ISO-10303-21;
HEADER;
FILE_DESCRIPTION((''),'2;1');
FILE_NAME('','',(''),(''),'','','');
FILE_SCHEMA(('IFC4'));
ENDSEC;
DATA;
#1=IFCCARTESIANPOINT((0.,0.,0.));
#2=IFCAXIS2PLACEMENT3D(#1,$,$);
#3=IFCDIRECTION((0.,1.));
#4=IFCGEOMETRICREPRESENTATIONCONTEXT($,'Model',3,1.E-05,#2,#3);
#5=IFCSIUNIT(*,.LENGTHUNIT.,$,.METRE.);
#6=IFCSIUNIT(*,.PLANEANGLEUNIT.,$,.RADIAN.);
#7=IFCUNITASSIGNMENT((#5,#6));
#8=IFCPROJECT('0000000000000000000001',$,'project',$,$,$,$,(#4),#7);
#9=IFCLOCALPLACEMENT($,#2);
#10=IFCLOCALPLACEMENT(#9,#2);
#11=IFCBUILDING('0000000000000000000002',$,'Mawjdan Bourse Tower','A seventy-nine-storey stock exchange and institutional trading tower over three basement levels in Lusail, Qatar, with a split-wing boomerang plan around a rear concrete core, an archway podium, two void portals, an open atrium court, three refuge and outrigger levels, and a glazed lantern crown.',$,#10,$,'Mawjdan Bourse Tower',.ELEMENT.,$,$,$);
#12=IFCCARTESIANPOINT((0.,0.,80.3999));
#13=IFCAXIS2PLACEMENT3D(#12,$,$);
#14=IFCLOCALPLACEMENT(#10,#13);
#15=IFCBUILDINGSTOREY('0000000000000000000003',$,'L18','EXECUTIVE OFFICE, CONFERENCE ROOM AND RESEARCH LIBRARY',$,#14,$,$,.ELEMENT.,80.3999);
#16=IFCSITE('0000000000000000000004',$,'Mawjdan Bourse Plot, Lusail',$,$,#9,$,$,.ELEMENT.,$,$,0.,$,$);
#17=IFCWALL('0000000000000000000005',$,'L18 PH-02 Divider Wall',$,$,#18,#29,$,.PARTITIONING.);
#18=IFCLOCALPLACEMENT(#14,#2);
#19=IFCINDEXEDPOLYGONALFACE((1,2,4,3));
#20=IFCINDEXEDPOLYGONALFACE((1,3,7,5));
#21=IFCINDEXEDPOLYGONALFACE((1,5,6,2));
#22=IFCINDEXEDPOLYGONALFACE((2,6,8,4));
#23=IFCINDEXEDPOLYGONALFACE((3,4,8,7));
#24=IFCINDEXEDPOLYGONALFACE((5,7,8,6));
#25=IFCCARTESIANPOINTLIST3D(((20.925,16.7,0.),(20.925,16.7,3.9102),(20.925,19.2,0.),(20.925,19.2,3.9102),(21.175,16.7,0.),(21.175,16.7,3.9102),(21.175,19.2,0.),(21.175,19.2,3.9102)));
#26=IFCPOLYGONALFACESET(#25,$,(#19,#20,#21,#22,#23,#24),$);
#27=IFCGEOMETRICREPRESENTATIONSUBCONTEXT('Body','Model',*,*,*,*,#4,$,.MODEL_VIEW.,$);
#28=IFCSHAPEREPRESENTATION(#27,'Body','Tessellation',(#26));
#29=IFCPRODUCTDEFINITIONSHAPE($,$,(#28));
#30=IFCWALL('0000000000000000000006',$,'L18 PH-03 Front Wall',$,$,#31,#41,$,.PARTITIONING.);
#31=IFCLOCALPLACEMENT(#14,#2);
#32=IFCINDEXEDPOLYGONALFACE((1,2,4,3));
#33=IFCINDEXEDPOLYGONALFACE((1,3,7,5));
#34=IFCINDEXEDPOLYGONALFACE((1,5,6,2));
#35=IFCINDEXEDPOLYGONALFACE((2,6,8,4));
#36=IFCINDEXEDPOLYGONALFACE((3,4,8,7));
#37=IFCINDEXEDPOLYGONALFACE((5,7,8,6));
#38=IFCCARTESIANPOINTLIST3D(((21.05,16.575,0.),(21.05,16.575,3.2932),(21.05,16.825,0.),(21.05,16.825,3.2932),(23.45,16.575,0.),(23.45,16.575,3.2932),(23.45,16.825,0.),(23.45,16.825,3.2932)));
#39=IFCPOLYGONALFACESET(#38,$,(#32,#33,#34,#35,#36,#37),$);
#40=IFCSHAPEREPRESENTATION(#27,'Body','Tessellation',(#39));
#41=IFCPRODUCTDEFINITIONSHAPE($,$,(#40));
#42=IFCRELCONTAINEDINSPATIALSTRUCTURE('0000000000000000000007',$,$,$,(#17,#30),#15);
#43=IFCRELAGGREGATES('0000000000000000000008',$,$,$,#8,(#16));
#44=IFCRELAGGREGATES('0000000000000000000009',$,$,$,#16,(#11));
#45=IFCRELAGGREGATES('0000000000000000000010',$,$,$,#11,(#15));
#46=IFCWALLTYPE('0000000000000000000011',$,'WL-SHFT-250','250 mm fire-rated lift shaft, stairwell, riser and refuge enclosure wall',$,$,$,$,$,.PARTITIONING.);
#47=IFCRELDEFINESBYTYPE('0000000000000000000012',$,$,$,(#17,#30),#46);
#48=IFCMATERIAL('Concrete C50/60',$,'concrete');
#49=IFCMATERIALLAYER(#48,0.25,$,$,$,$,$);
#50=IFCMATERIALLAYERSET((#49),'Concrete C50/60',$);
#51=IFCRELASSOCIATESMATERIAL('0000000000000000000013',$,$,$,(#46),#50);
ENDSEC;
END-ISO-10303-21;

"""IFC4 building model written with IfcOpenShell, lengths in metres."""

from ifc_helpers import new_model, si_unit, direction, frame, frame_2d, origin, place, context, subcontext, project, spatial, rectangle, extrude, material, layer, layer_set, type_object, element, save


model = new_model("IFC4")

# Units and contexts
model_context = context("Model", 3, precision=1e-05, world=origin(), true_north=direction((0.0, 1.0)))
body_context = subcontext(model_context, "Body", "Model", "MODEL_VIEW")
ifc_project = project(units=[si_unit("LENGTHUNIT", "METRE"), si_unit("PLANEANGLEUNIT", "RADIAN")], contexts=[model_context])

# Site, building, storey
site_placement = place(None, origin())
site = spatial("IfcSite", under=ifc_project, at=site_placement, Name="Mawjdan Bourse Plot, Lusail", CompositionType="ELEMENT", RefElevation=0.0)
building_placement = place(site_placement, origin())
building = spatial("IfcBuilding", under=site, at=building_placement, Name="Mawjdan Bourse Tower", Description="A seventy-nine-storey stock exchange and institutional trading tower over three basement levels in Lusail, Qatar, with a split-wing boomerang plan around a rear concrete core, an archway podium, two void portals, an open atrium court, three refuge and outrigger levels, and a glazed lantern crown.", LongName="Mawjdan Bourse Tower", CompositionType="ELEMENT")
storey_placement = place(building_placement, frame((0.0, 0.0, 80.3999)))
storey = spatial("IfcBuildingStorey", under=building, at=storey_placement, Name="L18", Description="EXECUTIVE OFFICE, CONFERENCE ROOM AND RESEARCH LIBRARY", CompositionType="ELEMENT", Elevation=80.3999)

# Walls
ifc_material_1 = material(Name="Concrete C50/60", Category="concrete")
ifc_layer_1 = layer(ifc_material_1, 0.25)
ifc_layer_set_1 = layer_set([ifc_layer_1], Name="Concrete C50/60")
wall_type_1 = type_object("IfcWallType", Name="WL-SHFT-250", Description="250 mm fire-rated lift shaft, stairwell, riser and refuge enclosure wall", PredefinedType="PARTITIONING", material=ifc_layer_set_1)
wall_1_placement = place(storey_placement, frame((21.05, 16.7, 0.0), z_axis=(0.0, 0.0, 1.0), x_axis=(0.0, 1.0, 0.0)))
element("IfcWall", 1, at=wall_1_placement, inside=storey, type_object=wall_type_1, Name="L18 PH-02 Divider Wall", PredefinedType="PARTITIONING", context=body_context, shape_type="SweptSolid", body=[
    extrude(rectangle(XDim=2.5, YDim=0.25, at=frame_2d((1.25, 0.0))), origin(), (0.0, 0.0, 1.0), 3.9102),
])
wall_2_placement = place(storey_placement, frame((21.05, 16.7, 0.0), z_axis=(0.0, 0.0, 1.0), x_axis=(1.0, 0.0, 0.0)))
element("IfcWall", 2, at=wall_2_placement, inside=storey, type_object=wall_type_1, Name="L18 PH-03 Front Wall", PredefinedType="PARTITIONING", context=body_context, shape_type="SweptSolid", body=[
    extrude(rectangle(XDim=2.3999, YDim=0.25, at=frame_2d((1.2, 0.0))), origin(), (0.0, 0.0, 1.0), 3.2932),
])

save(model, "model.ifc")
